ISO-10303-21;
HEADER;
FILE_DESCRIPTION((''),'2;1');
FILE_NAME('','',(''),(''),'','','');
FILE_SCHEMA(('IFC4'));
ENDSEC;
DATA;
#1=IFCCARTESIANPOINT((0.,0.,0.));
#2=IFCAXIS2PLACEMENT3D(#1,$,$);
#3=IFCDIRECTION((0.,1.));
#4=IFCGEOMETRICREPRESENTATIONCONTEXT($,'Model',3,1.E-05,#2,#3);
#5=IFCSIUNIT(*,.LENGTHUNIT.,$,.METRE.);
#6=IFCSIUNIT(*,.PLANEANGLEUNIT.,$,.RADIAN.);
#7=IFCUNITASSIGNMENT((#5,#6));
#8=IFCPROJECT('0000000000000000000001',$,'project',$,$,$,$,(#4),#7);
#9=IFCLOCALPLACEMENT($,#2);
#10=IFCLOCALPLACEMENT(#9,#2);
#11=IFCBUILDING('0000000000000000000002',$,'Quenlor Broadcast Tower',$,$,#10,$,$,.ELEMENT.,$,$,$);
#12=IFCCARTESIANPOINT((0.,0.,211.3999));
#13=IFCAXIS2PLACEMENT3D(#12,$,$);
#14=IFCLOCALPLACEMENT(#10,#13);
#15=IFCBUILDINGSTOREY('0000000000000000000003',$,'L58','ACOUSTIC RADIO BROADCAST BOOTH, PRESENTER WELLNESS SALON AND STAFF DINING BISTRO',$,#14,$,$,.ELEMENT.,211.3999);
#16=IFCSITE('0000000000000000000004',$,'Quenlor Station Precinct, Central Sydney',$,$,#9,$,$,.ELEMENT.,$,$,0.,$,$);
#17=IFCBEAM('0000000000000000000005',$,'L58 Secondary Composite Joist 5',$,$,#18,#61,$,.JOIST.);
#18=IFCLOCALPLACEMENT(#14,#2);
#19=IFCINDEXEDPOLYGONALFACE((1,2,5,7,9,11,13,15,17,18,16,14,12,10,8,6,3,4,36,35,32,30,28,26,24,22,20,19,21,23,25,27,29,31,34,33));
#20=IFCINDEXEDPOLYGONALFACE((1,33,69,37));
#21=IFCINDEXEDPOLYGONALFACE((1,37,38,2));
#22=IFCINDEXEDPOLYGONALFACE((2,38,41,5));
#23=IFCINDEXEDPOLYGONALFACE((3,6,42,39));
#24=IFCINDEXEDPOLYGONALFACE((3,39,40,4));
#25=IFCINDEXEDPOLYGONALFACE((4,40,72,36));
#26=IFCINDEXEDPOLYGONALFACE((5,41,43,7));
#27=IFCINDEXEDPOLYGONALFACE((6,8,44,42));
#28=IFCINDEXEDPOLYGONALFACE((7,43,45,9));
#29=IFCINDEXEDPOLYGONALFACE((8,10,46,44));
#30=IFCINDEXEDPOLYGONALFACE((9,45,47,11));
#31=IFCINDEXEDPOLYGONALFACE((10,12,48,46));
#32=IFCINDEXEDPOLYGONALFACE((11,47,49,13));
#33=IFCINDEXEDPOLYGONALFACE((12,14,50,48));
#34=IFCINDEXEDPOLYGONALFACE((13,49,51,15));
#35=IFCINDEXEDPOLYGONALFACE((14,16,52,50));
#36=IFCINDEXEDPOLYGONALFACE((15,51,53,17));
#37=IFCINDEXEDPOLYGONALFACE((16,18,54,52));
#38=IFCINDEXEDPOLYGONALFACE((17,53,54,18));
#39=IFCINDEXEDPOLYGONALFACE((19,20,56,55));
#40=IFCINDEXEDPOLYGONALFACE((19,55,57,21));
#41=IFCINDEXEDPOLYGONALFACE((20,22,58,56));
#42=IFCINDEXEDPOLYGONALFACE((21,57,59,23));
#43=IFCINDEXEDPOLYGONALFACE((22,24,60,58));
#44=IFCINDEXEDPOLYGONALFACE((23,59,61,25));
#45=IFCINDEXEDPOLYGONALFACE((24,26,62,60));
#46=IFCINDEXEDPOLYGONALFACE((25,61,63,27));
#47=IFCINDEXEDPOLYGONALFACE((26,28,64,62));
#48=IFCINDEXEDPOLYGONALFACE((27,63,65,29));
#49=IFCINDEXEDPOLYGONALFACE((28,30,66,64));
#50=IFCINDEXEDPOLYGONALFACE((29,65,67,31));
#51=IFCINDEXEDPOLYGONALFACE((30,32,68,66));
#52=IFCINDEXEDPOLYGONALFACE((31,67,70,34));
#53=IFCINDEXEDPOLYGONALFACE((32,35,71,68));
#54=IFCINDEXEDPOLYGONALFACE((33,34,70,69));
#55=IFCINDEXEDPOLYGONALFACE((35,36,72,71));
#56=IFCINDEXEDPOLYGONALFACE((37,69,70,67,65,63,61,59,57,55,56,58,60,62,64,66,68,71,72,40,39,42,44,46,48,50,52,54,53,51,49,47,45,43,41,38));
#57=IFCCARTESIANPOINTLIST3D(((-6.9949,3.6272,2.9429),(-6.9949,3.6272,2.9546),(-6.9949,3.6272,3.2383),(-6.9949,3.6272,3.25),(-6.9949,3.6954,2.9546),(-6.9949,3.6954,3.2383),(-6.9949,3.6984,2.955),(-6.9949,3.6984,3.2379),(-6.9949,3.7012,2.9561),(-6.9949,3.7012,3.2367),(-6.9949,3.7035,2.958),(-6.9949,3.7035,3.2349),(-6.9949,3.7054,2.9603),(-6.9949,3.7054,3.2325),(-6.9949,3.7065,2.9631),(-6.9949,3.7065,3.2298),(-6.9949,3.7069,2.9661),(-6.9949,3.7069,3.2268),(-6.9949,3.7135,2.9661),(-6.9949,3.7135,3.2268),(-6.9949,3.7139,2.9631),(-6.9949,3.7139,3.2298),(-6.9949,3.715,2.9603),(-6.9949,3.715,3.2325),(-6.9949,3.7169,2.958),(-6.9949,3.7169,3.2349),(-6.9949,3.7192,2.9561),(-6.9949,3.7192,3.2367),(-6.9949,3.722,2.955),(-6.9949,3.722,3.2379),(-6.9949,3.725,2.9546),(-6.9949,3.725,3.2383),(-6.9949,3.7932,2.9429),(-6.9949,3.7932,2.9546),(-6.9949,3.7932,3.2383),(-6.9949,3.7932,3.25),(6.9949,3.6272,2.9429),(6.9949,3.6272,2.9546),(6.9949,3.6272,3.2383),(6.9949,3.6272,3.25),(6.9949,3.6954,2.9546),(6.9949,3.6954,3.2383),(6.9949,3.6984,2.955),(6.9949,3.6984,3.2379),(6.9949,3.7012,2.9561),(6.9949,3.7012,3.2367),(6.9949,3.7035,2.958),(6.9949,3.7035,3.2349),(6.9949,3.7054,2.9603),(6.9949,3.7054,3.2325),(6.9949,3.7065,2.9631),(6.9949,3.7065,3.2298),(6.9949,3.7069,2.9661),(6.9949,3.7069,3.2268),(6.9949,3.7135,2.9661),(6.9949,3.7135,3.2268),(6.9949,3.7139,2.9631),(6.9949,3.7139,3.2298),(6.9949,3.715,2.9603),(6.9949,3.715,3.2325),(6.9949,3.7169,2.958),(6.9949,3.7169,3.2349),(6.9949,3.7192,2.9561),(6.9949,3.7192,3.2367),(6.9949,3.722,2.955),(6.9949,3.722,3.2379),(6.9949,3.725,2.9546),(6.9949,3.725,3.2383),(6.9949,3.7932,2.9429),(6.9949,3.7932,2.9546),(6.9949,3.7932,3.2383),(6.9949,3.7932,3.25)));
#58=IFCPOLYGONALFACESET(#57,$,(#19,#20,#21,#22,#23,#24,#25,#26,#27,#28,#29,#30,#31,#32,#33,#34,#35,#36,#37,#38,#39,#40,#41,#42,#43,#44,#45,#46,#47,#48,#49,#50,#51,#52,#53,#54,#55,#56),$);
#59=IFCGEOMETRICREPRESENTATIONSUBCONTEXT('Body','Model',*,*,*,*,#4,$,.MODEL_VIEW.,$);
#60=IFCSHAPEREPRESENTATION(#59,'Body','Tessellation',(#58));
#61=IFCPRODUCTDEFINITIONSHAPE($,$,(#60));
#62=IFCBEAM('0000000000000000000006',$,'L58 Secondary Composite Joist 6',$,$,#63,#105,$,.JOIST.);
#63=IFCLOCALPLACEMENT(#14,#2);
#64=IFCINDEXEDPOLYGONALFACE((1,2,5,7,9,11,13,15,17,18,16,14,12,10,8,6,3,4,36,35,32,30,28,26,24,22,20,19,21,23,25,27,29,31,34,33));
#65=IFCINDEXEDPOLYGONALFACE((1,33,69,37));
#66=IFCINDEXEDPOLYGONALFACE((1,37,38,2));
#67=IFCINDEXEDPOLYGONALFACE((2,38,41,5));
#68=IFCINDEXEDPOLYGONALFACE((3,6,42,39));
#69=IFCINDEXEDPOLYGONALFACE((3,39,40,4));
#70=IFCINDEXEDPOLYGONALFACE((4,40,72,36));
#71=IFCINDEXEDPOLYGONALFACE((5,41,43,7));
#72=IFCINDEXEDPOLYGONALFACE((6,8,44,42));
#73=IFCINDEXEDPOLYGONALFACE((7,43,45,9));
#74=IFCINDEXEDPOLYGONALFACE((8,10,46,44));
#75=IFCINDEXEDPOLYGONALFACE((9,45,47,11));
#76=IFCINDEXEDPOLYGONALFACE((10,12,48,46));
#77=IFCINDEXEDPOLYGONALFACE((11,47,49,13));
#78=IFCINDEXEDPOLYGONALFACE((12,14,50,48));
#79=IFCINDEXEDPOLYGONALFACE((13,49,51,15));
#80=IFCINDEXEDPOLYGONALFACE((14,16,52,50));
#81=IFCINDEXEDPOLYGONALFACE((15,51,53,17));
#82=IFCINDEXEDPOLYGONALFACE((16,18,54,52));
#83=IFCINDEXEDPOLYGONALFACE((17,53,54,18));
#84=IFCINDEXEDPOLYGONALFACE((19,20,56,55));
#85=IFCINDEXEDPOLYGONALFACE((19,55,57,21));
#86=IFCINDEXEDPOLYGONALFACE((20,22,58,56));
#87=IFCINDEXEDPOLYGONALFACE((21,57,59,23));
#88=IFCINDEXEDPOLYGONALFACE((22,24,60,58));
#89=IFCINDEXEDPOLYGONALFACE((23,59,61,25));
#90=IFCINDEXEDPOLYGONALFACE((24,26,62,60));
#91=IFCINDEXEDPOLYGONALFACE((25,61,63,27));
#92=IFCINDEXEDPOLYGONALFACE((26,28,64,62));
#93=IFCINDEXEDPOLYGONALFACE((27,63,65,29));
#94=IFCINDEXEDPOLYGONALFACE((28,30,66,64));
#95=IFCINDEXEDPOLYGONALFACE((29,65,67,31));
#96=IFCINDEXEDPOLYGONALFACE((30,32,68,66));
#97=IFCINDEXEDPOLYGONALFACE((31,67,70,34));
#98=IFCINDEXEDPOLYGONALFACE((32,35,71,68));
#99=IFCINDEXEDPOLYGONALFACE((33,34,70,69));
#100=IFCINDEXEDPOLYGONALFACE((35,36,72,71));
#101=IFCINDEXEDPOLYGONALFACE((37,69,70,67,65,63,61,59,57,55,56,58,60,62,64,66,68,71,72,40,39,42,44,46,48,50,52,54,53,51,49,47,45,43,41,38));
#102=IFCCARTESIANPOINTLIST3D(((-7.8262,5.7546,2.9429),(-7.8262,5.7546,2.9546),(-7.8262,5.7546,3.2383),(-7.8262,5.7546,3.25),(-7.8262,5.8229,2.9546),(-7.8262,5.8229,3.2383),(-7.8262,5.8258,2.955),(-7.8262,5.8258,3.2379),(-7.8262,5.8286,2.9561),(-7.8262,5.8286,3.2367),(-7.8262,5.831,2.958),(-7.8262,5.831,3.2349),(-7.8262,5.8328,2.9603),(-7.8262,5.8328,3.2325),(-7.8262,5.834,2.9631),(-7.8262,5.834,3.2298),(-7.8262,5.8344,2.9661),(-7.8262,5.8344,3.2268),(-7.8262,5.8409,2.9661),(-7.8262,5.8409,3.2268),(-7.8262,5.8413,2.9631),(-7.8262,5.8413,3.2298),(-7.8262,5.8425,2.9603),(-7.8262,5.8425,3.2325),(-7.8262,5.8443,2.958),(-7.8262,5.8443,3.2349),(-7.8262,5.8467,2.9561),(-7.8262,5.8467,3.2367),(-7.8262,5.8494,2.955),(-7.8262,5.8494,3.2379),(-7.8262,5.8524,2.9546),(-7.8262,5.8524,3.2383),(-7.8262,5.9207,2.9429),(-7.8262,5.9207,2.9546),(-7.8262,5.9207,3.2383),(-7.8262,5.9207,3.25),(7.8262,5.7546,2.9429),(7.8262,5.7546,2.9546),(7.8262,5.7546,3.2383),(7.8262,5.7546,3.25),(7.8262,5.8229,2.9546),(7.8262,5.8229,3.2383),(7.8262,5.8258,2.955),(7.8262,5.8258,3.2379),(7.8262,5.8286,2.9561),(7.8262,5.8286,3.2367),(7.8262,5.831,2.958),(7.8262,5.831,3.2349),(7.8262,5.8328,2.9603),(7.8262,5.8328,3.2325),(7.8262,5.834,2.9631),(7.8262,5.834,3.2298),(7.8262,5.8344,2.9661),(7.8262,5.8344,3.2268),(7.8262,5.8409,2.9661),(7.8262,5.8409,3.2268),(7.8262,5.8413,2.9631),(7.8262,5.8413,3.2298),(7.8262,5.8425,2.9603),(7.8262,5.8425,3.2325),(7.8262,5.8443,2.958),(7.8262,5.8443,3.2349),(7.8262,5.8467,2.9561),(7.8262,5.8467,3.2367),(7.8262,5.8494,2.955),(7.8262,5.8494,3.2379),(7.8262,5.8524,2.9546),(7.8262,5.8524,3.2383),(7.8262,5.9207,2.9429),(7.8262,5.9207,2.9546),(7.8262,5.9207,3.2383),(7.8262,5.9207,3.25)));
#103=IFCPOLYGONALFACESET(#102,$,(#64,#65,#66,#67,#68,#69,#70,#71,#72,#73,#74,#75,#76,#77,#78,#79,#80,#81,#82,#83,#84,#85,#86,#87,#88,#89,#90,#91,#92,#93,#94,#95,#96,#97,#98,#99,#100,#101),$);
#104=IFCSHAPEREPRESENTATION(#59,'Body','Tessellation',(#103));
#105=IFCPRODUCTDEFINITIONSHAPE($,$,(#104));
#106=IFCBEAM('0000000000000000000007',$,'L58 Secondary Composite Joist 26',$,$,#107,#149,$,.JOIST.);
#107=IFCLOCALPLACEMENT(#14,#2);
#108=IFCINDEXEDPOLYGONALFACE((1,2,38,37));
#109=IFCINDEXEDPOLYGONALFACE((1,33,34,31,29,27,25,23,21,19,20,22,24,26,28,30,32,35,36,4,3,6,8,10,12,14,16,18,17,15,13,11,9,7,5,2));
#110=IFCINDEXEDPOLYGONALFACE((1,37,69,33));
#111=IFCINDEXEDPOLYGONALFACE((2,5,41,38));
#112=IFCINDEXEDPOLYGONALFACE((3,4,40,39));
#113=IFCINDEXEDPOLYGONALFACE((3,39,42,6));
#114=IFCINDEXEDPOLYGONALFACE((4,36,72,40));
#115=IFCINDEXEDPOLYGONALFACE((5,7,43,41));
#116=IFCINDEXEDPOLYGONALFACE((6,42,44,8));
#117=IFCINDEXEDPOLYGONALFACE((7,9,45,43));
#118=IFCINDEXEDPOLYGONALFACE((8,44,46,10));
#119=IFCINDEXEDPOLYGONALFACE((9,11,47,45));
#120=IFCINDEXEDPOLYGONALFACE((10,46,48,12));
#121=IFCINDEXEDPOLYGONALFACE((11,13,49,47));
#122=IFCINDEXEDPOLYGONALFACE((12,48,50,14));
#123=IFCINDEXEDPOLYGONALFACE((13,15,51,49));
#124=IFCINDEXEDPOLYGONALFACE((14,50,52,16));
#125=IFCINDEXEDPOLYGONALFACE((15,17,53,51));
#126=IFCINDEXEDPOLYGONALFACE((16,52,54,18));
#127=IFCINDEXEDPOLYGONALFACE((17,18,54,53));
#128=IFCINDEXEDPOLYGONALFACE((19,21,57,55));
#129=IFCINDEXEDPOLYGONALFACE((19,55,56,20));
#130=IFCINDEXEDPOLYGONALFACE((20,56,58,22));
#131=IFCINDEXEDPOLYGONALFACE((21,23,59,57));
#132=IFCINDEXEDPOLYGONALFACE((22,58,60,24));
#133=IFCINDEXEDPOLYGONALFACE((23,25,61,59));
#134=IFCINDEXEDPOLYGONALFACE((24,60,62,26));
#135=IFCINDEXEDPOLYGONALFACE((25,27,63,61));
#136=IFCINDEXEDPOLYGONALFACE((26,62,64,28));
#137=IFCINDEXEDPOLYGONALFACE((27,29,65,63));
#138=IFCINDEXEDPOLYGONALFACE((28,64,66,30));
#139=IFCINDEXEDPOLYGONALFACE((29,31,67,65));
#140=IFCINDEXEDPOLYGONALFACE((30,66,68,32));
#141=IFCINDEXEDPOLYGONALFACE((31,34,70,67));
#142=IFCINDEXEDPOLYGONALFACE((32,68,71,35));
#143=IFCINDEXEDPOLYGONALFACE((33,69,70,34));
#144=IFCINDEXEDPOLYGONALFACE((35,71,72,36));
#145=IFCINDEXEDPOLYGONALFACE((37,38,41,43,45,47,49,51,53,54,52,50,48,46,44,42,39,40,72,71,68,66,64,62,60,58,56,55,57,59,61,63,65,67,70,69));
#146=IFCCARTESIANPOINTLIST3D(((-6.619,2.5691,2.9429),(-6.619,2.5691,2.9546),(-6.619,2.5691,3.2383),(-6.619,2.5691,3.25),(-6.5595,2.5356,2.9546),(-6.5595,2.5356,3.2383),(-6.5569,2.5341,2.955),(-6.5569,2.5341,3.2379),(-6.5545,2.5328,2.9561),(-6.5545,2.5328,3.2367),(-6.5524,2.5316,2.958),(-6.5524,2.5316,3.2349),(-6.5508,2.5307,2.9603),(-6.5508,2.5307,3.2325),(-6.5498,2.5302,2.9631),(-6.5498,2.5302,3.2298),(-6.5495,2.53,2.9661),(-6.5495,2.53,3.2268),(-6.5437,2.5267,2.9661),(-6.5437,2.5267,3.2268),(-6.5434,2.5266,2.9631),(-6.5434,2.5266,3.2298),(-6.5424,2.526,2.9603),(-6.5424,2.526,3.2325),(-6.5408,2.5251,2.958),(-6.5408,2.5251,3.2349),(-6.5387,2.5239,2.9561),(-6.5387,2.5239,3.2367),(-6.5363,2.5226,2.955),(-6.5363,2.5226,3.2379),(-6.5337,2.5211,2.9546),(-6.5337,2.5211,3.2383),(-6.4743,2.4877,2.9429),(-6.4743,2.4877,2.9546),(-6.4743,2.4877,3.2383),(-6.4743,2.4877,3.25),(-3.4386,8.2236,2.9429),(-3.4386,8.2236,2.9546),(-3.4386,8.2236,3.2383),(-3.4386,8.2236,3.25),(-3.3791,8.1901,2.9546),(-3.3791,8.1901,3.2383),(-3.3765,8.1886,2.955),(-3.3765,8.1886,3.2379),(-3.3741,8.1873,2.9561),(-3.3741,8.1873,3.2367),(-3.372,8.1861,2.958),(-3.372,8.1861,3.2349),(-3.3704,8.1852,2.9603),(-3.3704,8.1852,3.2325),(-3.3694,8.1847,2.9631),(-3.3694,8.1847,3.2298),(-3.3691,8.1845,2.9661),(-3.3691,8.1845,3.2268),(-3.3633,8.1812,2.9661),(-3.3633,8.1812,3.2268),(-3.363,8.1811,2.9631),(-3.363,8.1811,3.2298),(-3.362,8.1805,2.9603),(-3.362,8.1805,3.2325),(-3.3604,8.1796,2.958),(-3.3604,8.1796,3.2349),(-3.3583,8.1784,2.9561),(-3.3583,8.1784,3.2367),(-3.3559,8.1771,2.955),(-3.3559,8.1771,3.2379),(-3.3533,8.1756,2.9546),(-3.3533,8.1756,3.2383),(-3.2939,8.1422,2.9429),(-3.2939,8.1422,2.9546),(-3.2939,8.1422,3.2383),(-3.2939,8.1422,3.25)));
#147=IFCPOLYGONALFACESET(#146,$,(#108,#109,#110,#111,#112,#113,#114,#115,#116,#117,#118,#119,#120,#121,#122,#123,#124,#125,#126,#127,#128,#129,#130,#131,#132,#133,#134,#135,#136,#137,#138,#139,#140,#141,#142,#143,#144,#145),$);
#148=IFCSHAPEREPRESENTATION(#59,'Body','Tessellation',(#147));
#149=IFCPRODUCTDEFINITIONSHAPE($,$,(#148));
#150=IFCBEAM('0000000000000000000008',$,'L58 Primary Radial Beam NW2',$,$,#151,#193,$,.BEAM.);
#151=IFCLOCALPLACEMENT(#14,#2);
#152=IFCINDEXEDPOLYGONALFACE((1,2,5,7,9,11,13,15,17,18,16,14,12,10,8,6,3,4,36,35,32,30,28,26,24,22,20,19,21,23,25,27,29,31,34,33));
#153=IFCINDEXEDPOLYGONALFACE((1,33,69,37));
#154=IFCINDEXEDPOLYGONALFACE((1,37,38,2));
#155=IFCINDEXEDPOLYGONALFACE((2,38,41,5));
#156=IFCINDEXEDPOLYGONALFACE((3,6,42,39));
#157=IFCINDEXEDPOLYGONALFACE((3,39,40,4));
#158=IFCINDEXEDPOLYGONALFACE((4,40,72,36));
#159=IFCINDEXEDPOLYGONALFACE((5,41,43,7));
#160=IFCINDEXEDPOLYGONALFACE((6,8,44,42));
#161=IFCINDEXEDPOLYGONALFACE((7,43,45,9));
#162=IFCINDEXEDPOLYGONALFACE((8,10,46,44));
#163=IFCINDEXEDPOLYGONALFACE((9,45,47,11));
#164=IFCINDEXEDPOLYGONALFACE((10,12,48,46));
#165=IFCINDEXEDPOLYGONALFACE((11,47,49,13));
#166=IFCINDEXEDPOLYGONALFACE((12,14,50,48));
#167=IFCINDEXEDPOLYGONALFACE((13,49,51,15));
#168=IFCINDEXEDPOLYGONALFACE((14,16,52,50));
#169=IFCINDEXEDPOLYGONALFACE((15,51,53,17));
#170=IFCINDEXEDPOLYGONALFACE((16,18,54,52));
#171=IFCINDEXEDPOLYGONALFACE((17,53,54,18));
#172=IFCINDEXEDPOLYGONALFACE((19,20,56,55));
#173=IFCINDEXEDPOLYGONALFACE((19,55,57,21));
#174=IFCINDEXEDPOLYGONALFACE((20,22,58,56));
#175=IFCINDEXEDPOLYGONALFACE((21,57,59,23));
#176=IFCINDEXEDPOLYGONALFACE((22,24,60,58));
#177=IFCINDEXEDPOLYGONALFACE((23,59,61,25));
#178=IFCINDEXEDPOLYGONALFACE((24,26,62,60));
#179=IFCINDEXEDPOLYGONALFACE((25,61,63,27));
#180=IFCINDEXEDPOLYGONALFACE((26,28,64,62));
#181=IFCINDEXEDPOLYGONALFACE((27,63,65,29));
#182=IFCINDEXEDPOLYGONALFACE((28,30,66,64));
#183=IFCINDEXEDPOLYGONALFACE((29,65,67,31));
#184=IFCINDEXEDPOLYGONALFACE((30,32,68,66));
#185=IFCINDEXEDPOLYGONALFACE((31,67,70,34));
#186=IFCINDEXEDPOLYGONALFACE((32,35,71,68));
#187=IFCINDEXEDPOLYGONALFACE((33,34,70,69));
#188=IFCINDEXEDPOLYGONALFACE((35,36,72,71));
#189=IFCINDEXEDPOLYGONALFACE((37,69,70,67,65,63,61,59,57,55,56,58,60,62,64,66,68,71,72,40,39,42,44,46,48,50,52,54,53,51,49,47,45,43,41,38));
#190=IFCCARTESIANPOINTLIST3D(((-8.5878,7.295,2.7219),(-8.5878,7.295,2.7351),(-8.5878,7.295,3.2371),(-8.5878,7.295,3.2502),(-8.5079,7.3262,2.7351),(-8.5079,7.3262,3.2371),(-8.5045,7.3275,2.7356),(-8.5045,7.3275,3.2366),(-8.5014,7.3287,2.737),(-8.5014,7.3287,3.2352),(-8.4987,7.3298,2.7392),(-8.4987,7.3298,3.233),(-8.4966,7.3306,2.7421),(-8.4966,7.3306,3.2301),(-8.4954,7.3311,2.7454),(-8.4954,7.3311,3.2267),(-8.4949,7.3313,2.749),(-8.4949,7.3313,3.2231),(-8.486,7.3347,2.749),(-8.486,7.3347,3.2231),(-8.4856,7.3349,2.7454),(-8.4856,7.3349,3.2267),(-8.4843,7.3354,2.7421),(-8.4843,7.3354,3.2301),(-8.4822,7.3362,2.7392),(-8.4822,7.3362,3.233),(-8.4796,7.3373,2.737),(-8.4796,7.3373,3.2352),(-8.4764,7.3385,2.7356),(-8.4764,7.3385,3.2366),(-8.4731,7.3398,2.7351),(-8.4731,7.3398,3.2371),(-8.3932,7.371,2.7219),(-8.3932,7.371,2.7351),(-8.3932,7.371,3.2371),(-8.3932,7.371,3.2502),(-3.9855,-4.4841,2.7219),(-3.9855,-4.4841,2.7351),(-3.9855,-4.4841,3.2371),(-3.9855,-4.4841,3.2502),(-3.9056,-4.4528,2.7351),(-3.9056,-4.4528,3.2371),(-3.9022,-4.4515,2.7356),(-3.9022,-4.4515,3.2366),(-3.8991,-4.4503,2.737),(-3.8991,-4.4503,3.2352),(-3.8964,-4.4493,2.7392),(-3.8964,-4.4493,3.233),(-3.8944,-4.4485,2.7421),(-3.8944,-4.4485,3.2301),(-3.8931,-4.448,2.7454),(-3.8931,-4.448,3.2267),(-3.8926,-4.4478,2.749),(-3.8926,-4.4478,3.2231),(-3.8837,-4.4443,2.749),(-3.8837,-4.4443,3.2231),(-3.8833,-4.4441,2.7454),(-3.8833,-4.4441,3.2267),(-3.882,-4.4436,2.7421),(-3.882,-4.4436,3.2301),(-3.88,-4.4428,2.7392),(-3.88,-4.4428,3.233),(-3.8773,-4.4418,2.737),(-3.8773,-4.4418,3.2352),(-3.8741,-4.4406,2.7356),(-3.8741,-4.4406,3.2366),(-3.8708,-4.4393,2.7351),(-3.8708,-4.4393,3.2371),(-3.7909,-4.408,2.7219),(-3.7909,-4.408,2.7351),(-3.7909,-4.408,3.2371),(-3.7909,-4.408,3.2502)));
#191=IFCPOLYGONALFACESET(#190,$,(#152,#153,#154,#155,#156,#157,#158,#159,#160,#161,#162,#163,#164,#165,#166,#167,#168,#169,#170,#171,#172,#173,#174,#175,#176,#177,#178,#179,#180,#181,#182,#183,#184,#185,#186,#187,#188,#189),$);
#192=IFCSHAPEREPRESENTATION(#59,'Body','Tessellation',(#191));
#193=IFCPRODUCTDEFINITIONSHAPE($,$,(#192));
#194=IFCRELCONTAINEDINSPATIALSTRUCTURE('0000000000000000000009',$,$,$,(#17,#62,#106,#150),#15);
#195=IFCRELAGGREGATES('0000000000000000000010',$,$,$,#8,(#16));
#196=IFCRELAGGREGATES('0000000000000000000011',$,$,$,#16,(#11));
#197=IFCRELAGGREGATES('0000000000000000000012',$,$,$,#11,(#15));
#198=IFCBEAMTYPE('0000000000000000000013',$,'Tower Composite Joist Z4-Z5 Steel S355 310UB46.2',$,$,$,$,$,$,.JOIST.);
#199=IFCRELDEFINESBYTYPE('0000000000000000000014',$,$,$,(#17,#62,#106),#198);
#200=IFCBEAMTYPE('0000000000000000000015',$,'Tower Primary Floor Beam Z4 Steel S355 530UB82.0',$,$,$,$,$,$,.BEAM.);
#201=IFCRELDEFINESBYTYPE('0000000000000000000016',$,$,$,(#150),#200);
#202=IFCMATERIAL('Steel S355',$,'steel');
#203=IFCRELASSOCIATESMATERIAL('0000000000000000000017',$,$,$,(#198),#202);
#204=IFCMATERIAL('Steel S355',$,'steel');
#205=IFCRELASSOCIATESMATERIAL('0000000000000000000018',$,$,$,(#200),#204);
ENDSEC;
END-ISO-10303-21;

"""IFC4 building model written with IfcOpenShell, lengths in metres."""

from ifc_helpers import new_model, si_unit, direction, frame, origin, origin_2d, place, context, subcontext, project, spatial, i_section, extrude, material, material_profile, profile_set, type_object, element, save


model = new_model("IFC4")

# Units and contexts
model_context = context("Model", 3, precision=1e-05, world=origin(), true_north=direction((0.0, 1.0)))
body_context = subcontext(model_context, "Body", "Model", "MODEL_VIEW")
ifc_project = project(units=[si_unit("LENGTHUNIT", "METRE"), si_unit("PLANEANGLEUNIT", "RADIAN")], contexts=[model_context])

# Site, building, storey
site_placement = place(None, origin())
site = spatial("IfcSite", under=ifc_project, at=site_placement, Name="Quenlor Station Precinct, Central Sydney", CompositionType="ELEMENT", RefElevation=0.0)
building_placement = place(site_placement, origin())
building = spatial("IfcBuilding", under=site, at=building_placement, Name="Quenlor Broadcast Tower", CompositionType="ELEMENT")
storey_placement = place(building_placement, frame((0.0, 0.0, 211.3999)))
storey = spatial("IfcBuildingStorey", under=building, at=storey_placement, Name="L58", Description="ACOUSTIC RADIO BROADCAST BOOTH, PRESENTER WELLNESS SALON AND STAFF DINING BISTRO", CompositionType="ELEMENT", Elevation=211.3999)

# Beams
ifc_material_1 = material(Name="Steel S355", Category="steel")
ifc_material_profile_1 = material_profile(ifc_material_1, i_section(OverallWidth=0.166, OverallDepth=0.3071, WebThickness=0.0066, FlangeThickness=0.0117, FilletRadius=0.0115, at=origin_2d()))
ifc_profile_set_1 = profile_set([ifc_material_profile_1], Name="Steel S355 310UB46.2")
beam_type_1 = type_object("IfcBeamType", Name="Tower Composite Joist Z4-Z5 Steel S355 310UB46.2", PredefinedType="JOIST", material=ifc_profile_set_1)
beam_1_placement = place(storey_placement, frame((-6.9949, 3.7102, 3.0964), z_axis=(1.0, 0.0, 0.0), x_axis=(0.0, 1.0, 0.0)))
element("IfcBeam", 1, at=beam_1_placement, inside=storey, type_object=beam_type_1, Name="L58 Secondary Composite Joist 5", PredefinedType="JOIST", context=body_context, shape_type="SweptSolid", body=[
    extrude(i_section(OverallWidth=0.166, OverallDepth=0.3071, WebThickness=0.0066, FlangeThickness=0.0117, FilletRadius=0.0115, at=origin_2d()), origin(), (0.0, 0.0, 1.0), 13.9897),
])
beam_2_placement = place(storey_placement, frame((-7.8262, 5.8376, 3.0964), z_axis=(1.0, 0.0, 0.0), x_axis=(0.0, 1.0, 0.0)))
element("IfcBeam", 2, at=beam_2_placement, inside=storey, type_object=beam_type_1, Name="L58 Secondary Composite Joist 6", PredefinedType="JOIST", context=body_context, shape_type="SweptSolid", body=[
    extrude(i_section(OverallWidth=0.166, OverallDepth=0.3071, WebThickness=0.0066, FlangeThickness=0.0117, FilletRadius=0.0115, at=origin_2d()), origin(), (0.0, 0.0, 1.0), 15.6523),
])
beam_3_placement = place(storey_placement, frame((-3.3662, 8.1829, 3.0964), z_axis=(-0.490231, -0.871593, 0.0), x_axis=(0.871593, -0.490231, 0.0)))
element("IfcBeam", 3, at=beam_3_placement, inside=storey, type_object=beam_type_1, Name="L58 Secondary Composite Joist 26", PredefinedType="JOIST", context=body_context, shape_type="SweptSolid", body=[
    extrude(i_section(OverallWidth=0.166, OverallDepth=0.3071, WebThickness=0.0066, FlangeThickness=0.0117, FilletRadius=0.0115, at=origin_2d()), origin(), (0.0, 0.0, 1.0), 6.4875),
])
ifc_material_2 = material(Name="Steel S355", Category="steel")
ifc_material_profile_2 = material_profile(ifc_material_2, i_section(OverallWidth=0.209, OverallDepth=0.5283, WebThickness=0.0095, FlangeThickness=0.0132, FilletRadius=0.0139, at=origin_2d()))
ifc_profile_set_2 = profile_set([ifc_material_profile_2], Name="Steel S355 530UB82.0")
beam_type_2 = type_object("IfcBeamType", Name="Tower Primary Floor Beam Z4 Steel S355 530UB82.0", PredefinedType="BEAM", material=ifc_profile_set_2)
beam_4_placement = place(storey_placement, frame((-8.4905, 7.333, 2.9861), z_axis=(0.363926, -0.931428, 0.0), x_axis=(0.931428, 0.363926, 0.0)))
element("IfcBeam", 4, at=beam_4_placement, inside=storey, type_object=beam_type_2, Name="L58 Primary Radial Beam NW2", PredefinedType="BEAM", context=body_context, shape_type="SweptSolid", body=[
    extrude(i_section(OverallWidth=0.209, OverallDepth=0.5283, WebThickness=0.0095, FlangeThickness=0.0132, FilletRadius=0.0139, at=origin_2d()), origin(), (0.0, 0.0, 1.0), 12.6462),
])

save(model, "model.ifc")
